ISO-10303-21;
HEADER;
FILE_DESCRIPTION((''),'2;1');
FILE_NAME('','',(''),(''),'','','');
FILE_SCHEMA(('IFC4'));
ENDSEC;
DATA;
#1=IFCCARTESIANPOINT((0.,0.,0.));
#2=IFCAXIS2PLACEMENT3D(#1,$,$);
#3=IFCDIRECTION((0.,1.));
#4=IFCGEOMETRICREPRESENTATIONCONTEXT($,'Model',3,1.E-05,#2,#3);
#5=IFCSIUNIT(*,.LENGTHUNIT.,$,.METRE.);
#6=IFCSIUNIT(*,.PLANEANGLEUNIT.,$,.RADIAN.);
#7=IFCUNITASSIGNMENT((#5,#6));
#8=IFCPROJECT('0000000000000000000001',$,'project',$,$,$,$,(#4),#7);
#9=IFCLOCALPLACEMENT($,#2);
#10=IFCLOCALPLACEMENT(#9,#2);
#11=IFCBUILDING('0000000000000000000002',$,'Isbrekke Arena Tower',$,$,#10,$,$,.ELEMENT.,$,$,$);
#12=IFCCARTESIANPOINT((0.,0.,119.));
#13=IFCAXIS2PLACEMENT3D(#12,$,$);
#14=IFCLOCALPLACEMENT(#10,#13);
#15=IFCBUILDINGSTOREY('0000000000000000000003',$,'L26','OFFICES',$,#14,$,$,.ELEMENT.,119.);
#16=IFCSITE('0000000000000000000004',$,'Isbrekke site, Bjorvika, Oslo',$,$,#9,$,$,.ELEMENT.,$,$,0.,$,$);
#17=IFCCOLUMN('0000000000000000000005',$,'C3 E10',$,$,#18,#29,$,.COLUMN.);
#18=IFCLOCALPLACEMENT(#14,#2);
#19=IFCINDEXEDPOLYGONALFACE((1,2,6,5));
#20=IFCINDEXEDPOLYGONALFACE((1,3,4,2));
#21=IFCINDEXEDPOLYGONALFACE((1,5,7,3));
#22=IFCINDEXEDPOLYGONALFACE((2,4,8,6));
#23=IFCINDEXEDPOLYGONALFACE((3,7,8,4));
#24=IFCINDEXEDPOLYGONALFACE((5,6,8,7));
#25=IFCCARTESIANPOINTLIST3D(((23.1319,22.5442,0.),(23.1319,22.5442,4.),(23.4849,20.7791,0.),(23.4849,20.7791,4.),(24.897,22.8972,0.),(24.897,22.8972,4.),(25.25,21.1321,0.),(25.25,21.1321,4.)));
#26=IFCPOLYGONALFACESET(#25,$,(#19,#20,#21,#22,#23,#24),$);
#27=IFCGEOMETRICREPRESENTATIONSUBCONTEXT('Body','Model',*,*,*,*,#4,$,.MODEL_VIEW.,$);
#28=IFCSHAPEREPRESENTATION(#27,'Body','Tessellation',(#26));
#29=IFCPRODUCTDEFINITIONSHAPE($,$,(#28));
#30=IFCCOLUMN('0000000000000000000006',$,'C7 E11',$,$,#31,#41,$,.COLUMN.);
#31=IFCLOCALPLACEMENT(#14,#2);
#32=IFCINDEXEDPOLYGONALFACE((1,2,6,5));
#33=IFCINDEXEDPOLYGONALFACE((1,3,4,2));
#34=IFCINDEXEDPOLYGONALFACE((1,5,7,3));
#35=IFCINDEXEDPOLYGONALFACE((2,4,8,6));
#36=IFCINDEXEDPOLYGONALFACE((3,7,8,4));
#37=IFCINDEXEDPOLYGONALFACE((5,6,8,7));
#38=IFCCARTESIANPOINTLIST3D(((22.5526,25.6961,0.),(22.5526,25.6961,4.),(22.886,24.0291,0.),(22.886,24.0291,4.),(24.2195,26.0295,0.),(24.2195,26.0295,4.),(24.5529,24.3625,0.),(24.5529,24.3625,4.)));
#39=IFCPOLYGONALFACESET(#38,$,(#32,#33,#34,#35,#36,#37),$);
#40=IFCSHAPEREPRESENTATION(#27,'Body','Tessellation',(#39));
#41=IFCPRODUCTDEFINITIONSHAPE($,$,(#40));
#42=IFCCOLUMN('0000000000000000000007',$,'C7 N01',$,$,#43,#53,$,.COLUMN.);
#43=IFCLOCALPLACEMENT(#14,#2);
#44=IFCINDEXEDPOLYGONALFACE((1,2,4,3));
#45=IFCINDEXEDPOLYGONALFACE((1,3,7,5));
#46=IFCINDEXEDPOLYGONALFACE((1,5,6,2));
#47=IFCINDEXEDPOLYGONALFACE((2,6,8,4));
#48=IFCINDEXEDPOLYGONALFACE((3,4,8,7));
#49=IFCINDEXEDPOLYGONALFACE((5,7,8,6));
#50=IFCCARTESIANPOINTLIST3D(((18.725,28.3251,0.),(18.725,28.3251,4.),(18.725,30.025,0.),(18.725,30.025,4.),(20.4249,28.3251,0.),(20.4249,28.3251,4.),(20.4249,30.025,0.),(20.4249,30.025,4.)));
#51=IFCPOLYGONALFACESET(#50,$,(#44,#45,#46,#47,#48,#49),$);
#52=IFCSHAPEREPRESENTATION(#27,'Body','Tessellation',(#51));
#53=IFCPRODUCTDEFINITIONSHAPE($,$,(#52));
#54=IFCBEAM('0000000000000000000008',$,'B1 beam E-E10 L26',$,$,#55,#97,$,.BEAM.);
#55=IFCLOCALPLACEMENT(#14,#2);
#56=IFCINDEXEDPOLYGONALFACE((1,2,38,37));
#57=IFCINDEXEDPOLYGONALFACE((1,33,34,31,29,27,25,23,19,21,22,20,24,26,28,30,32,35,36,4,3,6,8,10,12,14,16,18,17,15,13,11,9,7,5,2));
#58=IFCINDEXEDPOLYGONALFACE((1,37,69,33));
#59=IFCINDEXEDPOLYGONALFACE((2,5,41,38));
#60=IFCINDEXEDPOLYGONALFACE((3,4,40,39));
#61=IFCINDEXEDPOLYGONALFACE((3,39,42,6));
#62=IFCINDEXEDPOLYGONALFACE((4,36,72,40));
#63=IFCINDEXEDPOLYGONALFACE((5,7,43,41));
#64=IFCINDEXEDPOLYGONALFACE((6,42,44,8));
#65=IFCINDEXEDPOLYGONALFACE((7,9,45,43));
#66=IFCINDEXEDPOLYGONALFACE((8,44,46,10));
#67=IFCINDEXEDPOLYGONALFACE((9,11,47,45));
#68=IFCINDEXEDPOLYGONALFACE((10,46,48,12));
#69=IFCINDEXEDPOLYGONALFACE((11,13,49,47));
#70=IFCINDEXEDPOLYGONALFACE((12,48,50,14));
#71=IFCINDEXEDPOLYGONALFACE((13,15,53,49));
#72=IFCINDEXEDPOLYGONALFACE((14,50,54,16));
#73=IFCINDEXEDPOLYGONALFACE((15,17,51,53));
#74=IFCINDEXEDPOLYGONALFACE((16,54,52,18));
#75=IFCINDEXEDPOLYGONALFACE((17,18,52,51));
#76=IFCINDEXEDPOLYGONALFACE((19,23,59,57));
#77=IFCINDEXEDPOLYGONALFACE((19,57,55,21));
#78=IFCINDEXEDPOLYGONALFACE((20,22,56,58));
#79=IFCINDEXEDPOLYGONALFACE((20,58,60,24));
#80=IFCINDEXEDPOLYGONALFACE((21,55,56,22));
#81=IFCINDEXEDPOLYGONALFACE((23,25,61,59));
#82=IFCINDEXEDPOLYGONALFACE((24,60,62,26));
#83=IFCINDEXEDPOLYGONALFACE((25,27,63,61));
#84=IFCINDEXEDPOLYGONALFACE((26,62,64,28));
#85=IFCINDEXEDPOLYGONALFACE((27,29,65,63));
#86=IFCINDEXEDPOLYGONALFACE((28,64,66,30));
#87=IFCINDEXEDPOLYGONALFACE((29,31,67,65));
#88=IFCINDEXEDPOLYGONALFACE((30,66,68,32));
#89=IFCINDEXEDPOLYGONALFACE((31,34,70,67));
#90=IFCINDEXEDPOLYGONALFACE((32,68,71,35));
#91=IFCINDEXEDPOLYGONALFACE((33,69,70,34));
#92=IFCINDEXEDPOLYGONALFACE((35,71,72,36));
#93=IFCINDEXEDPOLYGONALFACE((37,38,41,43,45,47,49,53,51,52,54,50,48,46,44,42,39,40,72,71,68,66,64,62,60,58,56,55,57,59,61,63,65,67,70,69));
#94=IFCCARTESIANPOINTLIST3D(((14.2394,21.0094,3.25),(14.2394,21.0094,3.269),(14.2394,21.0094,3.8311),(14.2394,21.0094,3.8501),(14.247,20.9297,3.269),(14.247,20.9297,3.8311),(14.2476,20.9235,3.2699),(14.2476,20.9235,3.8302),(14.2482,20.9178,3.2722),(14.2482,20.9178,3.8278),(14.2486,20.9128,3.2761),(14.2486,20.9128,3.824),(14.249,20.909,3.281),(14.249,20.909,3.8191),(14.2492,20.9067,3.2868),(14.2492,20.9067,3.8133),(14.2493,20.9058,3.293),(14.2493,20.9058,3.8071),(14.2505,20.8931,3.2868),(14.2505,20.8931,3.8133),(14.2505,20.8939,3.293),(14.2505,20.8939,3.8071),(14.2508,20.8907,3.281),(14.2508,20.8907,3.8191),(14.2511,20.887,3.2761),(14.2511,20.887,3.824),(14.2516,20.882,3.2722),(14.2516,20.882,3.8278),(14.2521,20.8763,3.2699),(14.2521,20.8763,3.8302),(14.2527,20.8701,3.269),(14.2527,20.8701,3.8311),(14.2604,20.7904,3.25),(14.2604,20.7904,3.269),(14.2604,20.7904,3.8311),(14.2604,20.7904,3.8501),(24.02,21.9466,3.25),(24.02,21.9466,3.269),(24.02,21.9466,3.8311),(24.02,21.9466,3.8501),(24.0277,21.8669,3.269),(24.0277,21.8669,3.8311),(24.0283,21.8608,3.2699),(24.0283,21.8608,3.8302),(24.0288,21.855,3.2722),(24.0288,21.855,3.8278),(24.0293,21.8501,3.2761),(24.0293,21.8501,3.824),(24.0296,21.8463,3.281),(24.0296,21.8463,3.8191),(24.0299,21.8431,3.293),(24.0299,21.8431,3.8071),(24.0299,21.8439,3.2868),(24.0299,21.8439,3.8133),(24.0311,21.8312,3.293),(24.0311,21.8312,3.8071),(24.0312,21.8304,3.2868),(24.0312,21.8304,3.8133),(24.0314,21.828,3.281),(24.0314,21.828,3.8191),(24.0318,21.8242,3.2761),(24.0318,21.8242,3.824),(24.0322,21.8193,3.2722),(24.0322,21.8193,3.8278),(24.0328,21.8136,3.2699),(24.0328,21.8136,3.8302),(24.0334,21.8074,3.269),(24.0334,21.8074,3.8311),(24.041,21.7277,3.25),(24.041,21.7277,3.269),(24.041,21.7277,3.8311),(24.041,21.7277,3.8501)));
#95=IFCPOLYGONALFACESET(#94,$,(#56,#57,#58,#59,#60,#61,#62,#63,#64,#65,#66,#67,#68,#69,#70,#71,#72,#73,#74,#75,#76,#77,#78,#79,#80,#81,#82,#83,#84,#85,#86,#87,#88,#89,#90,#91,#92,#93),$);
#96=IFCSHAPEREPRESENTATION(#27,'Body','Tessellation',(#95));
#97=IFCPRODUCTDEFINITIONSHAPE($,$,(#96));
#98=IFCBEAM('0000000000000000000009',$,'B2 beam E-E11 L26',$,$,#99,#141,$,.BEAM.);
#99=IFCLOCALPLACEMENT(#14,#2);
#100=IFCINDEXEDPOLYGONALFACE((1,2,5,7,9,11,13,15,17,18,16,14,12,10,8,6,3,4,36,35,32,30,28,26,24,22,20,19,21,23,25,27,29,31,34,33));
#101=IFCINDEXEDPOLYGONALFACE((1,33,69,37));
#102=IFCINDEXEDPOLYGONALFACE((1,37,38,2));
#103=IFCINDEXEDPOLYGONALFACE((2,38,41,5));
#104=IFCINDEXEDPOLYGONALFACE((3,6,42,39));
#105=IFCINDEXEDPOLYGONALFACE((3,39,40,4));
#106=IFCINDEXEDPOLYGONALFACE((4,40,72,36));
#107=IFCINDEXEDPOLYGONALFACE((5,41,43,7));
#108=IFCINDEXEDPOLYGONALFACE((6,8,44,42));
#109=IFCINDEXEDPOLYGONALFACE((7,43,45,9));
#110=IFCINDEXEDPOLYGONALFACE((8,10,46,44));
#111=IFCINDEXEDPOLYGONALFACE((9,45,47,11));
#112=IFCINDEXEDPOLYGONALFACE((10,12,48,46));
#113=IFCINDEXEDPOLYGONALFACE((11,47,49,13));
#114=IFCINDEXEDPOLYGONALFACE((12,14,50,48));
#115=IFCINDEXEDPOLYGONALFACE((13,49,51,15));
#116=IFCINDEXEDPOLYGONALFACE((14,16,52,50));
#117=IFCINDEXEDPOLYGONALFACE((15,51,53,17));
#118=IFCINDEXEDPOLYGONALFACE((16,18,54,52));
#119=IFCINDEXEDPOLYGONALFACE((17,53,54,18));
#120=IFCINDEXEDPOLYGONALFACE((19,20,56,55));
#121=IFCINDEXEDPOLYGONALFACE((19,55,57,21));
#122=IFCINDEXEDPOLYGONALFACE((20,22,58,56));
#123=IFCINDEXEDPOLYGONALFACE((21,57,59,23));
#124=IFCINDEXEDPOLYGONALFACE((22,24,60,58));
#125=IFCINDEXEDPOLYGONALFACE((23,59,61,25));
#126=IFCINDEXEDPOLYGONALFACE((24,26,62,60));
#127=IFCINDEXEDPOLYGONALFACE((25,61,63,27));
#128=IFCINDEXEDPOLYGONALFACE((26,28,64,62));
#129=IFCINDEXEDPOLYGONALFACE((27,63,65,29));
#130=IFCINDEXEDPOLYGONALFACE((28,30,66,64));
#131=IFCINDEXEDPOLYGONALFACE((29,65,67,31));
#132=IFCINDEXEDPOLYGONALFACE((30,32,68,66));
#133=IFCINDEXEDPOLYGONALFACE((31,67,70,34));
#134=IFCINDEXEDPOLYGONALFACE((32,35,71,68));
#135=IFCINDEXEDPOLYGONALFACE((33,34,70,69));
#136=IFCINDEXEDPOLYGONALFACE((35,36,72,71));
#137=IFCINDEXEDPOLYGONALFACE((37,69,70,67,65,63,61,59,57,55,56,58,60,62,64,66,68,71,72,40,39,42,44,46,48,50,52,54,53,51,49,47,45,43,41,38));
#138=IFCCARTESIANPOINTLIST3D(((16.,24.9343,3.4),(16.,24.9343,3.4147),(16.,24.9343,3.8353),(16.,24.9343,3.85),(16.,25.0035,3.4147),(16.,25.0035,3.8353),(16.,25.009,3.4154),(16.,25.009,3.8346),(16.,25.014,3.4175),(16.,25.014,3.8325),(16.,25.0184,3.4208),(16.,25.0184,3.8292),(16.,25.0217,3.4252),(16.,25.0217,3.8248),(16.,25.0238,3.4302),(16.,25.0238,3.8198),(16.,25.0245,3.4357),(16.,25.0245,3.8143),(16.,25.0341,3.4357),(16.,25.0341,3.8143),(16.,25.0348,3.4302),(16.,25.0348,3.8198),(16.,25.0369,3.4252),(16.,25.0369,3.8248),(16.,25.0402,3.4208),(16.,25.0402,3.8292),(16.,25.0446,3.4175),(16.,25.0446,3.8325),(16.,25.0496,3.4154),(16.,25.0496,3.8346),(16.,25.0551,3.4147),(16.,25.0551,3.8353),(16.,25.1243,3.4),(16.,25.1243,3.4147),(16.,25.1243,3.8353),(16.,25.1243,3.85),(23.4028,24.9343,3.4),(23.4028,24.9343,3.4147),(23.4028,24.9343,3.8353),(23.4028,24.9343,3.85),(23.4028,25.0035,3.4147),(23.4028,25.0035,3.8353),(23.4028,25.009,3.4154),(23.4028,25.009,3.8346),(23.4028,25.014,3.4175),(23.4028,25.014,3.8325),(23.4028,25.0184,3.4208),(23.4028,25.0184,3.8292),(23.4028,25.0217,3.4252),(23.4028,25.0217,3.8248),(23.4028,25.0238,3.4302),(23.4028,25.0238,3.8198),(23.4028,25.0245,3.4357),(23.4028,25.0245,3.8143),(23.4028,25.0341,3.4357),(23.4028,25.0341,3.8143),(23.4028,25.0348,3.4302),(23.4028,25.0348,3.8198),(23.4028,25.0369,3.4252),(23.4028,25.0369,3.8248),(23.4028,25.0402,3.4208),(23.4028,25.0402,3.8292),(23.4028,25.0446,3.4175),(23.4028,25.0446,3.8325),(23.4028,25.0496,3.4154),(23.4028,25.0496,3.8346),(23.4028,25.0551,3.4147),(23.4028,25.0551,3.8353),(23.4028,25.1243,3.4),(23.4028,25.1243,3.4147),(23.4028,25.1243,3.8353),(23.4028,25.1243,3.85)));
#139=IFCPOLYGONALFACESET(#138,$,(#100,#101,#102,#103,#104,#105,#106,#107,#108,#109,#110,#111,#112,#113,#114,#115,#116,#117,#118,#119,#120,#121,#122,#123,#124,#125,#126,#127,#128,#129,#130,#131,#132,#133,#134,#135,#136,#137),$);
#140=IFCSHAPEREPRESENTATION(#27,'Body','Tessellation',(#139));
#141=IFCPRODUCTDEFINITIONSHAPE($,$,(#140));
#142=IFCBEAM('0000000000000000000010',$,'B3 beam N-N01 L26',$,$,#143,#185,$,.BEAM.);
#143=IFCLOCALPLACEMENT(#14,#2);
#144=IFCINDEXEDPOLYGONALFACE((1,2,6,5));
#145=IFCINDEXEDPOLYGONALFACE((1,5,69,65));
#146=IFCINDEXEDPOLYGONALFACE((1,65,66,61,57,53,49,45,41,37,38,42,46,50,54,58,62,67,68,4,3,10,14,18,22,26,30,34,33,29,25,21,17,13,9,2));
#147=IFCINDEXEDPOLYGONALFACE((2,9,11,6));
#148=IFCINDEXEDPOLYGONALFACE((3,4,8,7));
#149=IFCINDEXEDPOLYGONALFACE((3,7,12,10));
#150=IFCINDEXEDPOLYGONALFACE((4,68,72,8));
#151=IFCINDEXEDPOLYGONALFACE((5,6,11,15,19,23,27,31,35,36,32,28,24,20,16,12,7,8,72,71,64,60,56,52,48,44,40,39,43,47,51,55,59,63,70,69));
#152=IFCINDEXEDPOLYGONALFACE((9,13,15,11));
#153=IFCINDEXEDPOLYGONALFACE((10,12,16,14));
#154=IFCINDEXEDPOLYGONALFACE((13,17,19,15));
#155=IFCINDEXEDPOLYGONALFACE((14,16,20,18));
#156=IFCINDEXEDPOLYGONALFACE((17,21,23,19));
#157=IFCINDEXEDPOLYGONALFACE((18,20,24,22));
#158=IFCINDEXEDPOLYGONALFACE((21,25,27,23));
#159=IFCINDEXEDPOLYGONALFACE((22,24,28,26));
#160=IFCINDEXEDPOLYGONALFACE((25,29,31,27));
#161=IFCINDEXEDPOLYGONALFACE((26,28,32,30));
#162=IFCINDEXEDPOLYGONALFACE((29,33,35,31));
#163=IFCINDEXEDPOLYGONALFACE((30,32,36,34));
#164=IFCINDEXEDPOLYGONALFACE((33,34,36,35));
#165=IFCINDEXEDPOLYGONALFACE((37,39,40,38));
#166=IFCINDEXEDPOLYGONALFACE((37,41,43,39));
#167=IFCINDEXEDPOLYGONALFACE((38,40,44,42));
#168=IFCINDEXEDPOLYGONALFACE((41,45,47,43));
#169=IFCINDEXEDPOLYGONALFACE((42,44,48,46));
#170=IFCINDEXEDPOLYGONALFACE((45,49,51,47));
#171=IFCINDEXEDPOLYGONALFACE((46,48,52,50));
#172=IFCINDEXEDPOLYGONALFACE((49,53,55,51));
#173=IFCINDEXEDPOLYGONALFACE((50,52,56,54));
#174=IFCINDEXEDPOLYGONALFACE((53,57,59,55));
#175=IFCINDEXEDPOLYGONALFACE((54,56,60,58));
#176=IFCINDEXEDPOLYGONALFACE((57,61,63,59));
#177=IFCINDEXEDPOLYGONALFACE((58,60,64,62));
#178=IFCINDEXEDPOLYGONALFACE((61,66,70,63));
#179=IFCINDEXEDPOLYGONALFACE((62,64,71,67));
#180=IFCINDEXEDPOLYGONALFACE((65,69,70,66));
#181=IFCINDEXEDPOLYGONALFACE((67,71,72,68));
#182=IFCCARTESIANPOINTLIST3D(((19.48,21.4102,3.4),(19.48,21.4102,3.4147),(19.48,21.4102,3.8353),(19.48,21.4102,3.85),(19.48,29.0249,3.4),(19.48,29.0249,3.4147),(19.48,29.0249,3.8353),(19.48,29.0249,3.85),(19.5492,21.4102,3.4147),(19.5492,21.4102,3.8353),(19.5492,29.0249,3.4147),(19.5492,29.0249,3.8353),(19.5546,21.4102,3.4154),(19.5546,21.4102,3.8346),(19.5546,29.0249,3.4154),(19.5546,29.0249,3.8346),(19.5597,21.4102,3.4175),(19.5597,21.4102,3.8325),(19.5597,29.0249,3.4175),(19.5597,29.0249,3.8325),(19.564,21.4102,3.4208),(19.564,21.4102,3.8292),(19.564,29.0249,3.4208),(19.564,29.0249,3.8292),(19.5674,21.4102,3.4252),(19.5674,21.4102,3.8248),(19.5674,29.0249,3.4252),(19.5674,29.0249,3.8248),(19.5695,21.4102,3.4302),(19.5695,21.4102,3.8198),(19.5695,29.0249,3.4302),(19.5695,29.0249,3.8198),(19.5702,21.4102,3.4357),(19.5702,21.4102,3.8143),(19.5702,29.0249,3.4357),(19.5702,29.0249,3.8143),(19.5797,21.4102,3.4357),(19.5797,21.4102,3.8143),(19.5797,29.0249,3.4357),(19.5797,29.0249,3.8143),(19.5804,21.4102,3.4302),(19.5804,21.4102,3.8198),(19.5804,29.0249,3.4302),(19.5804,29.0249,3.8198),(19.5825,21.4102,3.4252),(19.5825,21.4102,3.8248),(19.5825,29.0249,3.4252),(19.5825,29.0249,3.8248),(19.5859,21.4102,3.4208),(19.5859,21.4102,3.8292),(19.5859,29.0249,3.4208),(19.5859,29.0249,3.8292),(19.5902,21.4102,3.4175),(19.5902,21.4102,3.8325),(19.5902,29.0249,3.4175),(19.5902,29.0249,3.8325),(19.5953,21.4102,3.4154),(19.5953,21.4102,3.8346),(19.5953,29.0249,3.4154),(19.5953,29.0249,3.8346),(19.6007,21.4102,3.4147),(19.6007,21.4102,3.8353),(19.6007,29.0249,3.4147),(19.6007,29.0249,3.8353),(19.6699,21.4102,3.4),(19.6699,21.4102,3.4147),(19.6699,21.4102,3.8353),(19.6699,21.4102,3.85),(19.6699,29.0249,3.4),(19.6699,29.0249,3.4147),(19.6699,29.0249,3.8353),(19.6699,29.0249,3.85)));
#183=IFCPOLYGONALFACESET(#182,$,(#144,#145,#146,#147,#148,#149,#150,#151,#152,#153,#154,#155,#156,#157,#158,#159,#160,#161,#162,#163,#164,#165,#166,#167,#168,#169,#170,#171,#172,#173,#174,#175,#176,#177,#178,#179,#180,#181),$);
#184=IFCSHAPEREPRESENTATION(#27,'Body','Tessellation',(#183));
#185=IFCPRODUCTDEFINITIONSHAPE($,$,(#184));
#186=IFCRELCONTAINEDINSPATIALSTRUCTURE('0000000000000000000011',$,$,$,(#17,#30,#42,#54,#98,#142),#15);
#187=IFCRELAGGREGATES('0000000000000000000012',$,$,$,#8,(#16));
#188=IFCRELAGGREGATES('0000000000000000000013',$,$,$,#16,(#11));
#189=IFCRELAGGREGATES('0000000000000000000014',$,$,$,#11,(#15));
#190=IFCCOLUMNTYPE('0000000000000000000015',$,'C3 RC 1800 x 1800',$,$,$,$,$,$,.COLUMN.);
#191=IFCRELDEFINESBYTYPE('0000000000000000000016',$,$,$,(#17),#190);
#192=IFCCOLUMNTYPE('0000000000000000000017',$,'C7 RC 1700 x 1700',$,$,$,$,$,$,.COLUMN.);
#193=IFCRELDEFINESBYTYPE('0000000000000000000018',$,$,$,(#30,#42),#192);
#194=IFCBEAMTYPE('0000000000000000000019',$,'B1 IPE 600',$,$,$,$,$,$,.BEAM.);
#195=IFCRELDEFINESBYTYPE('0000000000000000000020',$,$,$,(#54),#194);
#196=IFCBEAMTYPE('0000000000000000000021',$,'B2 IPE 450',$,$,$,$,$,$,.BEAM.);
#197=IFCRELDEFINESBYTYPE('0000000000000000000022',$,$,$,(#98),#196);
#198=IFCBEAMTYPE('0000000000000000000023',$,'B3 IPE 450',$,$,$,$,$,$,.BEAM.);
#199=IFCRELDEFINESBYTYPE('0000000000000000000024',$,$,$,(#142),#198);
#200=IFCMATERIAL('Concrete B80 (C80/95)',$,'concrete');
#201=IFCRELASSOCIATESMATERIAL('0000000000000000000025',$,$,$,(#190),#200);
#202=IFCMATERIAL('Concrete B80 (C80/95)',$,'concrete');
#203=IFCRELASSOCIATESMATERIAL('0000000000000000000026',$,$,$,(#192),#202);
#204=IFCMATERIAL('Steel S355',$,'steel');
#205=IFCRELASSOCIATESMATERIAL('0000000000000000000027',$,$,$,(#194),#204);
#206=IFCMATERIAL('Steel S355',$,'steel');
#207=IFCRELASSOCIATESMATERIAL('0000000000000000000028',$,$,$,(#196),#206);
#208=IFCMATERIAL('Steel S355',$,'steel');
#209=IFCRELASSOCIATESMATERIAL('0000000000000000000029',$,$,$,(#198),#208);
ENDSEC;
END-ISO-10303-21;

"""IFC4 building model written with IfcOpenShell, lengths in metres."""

from ifc_helpers import new_model, si_unit, direction, frame, origin, origin_2d, place, context, subcontext, project, spatial, rectangle, i_section, extrude, material, material_profile, profile_set, type_object, element, save


model = new_model("IFC4")

# Units and contexts
model_context = context("Model", 3, precision=1e-05, world=origin(), true_north=direction((0.0, 1.0)))
body_context = subcontext(model_context, "Body", "Model", "MODEL_VIEW")
ifc_project = project(units=[si_unit("LENGTHUNIT", "METRE"), si_unit("PLANEANGLEUNIT", "RADIAN")], contexts=[model_context])

# Site, building, storey
site_placement = place(None, origin())
site = spatial("IfcSite", under=ifc_project, at=site_placement, Name="Isbrekke site, Bjorvika, Oslo", CompositionType="ELEMENT", RefElevation=0.0)
building_placement = place(site_placement, origin())
building = spatial("IfcBuilding", under=site, at=building_placement, Name="Isbrekke Arena Tower", CompositionType="ELEMENT")
storey_placement = place(building_placement, frame((0.0, 0.0, 119.0)))
storey = spatial("IfcBuildingStorey", under=building, at=storey_placement, Name="L26", Description="OFFICES", CompositionType="ELEMENT", Elevation=119.0)

# Columns
ifc_material_1 = material(Name="Concrete B80 (C80/95)", Category="concrete")
ifc_material_profile_1 = material_profile(ifc_material_1, rectangle(XDim=1.8, YDim=1.8, at=origin_2d()), Name="RC 1800x1800")
ifc_profile_set_1 = profile_set([ifc_material_profile_1], Name="Concrete B80 (C80/95)")
column_type_1 = type_object("IfcColumnType", Name="C3 RC 1800 x 1800", PredefinedType="COLUMN", material=ifc_profile_set_1)
column_placement = place(storey_placement, frame((24.1909, 21.8381, 0.0), z_axis=(0.0, 0.0, 1.0), x_axis=(-0.196116, 0.980581, 0.0)))
element("IfcColumn", 1, at=column_placement, inside=storey, type_object=column_type_1, Name="C3 E10", PredefinedType="COLUMN", context=body_context, shape_type="SweptSolid", body=[
    extrude(rectangle(XDim=1.8, YDim=1.8, at=origin_2d()), origin(), (0.0, 0.0, 1.0), 4.0),
])
ifc_material_2 = material(Name="Concrete B80 (C80/95)", Category="concrete")
ifc_material_profile_2 = material_profile(ifc_material_2, rectangle(XDim=1.7, YDim=1.7, at=origin_2d()), Name="RC 1700x1700")
ifc_profile_set_2 = profile_set([ifc_material_profile_2], Name="Concrete B80 (C80/95)")
column_type_2 = type_object("IfcColumnType", Name="C7 RC 1700 x 1700", PredefinedType="COLUMN", material=ifc_profile_set_2)
for number, where, z_axis, x_axis, name in (
    (2, (23.5527, 25.0293, 0.0), (0.0, 0.0, 1.0), (-0.196116, 0.980581, 0.0), "C7 E11"),
    (3, (19.575, 29.175, 0.0), (0.0, 0.0, 1.0), (-1.0, 0.0, 0.0), "C7 N01"),
):
    element("IfcColumn", number, at=place(storey_placement, frame(where, z_axis=z_axis, x_axis=x_axis)), inside=storey, type_object=column_type_2, Name=name, PredefinedType="COLUMN", context=body_context, shape_type="SweptSolid", body=[
        extrude(rectangle(XDim=1.7, YDim=1.7, at=origin_2d()), origin(), (0.0, 0.0, 1.0), 4.0),
    ])

# Beams
ifc_material_3 = material(Name="Steel S355", Category="steel")
ifc_material_profile_3 = material_profile(ifc_material_3, i_section(OverallWidth=0.22, OverallDepth=0.6001, WebThickness=0.012, FlangeThickness=0.019, FilletRadius=0.0239, at=origin_2d()), Name="IPE 600")
ifc_profile_set_3 = profile_set([ifc_material_profile_3], Name="Steel S355")
beam_type_1 = type_object("IfcBeamType", Name="B1 IPE 600", PredefinedType="BEAM", material=ifc_profile_set_3)
beam_1_placement = place(storey_placement, frame((24.0305, 21.8372, 3.55), z_axis=(-0.99544, -0.095392, 0.0), x_axis=(0.095392, -0.99544, 0.0)))
element("IfcBeam", 4, at=beam_1_placement, inside=storey, type_object=beam_type_1, Name="B1 beam E-E10 L26", PredefinedType="BEAM", context=body_context, shape_type="SweptSolid", body=[
    extrude(i_section(OverallWidth=0.22, OverallDepth=0.6001, WebThickness=0.012, FlangeThickness=0.019, FilletRadius=0.0239, at=origin_2d()), origin(), (0.0, 0.0, 1.0), 9.8254),
])
ifc_material_4 = material(Name="Steel S355", Category="steel")
ifc_material_profile_4 = material_profile(ifc_material_4, i_section(OverallWidth=0.1899, OverallDepth=0.45, WebThickness=0.0095, FlangeThickness=0.0146, FilletRadius=0.021, at=origin_2d()), Name="IPE 450")
ifc_profile_set_4 = profile_set([ifc_material_profile_4], Name="Steel S355")
beam_type_2 = type_object("IfcBeamType", Name="B2 IPE 450", PredefinedType="BEAM", material=ifc_profile_set_4)
beam_2_placement = place(storey_placement, frame((23.4028, 25.0293, 3.625), z_axis=(-1.0, 0.0, 0.0), x_axis=(0.0, -1.0, 0.0)))
element("IfcBeam", 5, at=beam_2_placement, inside=storey, type_object=beam_type_2, Name="B2 beam E-E11 L26", PredefinedType="BEAM", context=body_context, shape_type="SweptSolid", body=[
    extrude(i_section(OverallWidth=0.1899, OverallDepth=0.45, WebThickness=0.0095, FlangeThickness=0.0146, FilletRadius=0.021, at=origin_2d()), origin(), (0.0, 0.0, 1.0), 7.4028),
])
ifc_material_5 = material(Name="Steel S355", Category="steel")
ifc_material_profile_5 = material_profile(ifc_material_5, i_section(OverallWidth=0.1899, OverallDepth=0.45, WebThickness=0.0095, FlangeThickness=0.0146, FilletRadius=0.021, at=origin_2d()), Name="IPE 450")
ifc_profile_set_5 = profile_set([ifc_material_profile_5], Name="Steel S355")
beam_type_3 = type_object("IfcBeamType", Name="B3 IPE 450", PredefinedType="BEAM", material=ifc_profile_set_5)
beam_3_placement = place(storey_placement, frame((19.575, 29.0249, 3.625), z_axis=(0.0, -1.0, 0.0), x_axis=(1.0, 0.0, 0.0)))
element("IfcBeam", 6, at=beam_3_placement, inside=storey, type_object=beam_type_3, Name="B3 beam N-N01 L26", PredefinedType="BEAM", context=body_context, shape_type="SweptSolid", body=[
    extrude(i_section(OverallWidth=0.1899, OverallDepth=0.45, WebThickness=0.0095, FlangeThickness=0.0146, FilletRadius=0.021, at=origin_2d()), origin(), (0.0, 0.0, 1.0), 7.6147),
])

save(model, "model.ifc")
